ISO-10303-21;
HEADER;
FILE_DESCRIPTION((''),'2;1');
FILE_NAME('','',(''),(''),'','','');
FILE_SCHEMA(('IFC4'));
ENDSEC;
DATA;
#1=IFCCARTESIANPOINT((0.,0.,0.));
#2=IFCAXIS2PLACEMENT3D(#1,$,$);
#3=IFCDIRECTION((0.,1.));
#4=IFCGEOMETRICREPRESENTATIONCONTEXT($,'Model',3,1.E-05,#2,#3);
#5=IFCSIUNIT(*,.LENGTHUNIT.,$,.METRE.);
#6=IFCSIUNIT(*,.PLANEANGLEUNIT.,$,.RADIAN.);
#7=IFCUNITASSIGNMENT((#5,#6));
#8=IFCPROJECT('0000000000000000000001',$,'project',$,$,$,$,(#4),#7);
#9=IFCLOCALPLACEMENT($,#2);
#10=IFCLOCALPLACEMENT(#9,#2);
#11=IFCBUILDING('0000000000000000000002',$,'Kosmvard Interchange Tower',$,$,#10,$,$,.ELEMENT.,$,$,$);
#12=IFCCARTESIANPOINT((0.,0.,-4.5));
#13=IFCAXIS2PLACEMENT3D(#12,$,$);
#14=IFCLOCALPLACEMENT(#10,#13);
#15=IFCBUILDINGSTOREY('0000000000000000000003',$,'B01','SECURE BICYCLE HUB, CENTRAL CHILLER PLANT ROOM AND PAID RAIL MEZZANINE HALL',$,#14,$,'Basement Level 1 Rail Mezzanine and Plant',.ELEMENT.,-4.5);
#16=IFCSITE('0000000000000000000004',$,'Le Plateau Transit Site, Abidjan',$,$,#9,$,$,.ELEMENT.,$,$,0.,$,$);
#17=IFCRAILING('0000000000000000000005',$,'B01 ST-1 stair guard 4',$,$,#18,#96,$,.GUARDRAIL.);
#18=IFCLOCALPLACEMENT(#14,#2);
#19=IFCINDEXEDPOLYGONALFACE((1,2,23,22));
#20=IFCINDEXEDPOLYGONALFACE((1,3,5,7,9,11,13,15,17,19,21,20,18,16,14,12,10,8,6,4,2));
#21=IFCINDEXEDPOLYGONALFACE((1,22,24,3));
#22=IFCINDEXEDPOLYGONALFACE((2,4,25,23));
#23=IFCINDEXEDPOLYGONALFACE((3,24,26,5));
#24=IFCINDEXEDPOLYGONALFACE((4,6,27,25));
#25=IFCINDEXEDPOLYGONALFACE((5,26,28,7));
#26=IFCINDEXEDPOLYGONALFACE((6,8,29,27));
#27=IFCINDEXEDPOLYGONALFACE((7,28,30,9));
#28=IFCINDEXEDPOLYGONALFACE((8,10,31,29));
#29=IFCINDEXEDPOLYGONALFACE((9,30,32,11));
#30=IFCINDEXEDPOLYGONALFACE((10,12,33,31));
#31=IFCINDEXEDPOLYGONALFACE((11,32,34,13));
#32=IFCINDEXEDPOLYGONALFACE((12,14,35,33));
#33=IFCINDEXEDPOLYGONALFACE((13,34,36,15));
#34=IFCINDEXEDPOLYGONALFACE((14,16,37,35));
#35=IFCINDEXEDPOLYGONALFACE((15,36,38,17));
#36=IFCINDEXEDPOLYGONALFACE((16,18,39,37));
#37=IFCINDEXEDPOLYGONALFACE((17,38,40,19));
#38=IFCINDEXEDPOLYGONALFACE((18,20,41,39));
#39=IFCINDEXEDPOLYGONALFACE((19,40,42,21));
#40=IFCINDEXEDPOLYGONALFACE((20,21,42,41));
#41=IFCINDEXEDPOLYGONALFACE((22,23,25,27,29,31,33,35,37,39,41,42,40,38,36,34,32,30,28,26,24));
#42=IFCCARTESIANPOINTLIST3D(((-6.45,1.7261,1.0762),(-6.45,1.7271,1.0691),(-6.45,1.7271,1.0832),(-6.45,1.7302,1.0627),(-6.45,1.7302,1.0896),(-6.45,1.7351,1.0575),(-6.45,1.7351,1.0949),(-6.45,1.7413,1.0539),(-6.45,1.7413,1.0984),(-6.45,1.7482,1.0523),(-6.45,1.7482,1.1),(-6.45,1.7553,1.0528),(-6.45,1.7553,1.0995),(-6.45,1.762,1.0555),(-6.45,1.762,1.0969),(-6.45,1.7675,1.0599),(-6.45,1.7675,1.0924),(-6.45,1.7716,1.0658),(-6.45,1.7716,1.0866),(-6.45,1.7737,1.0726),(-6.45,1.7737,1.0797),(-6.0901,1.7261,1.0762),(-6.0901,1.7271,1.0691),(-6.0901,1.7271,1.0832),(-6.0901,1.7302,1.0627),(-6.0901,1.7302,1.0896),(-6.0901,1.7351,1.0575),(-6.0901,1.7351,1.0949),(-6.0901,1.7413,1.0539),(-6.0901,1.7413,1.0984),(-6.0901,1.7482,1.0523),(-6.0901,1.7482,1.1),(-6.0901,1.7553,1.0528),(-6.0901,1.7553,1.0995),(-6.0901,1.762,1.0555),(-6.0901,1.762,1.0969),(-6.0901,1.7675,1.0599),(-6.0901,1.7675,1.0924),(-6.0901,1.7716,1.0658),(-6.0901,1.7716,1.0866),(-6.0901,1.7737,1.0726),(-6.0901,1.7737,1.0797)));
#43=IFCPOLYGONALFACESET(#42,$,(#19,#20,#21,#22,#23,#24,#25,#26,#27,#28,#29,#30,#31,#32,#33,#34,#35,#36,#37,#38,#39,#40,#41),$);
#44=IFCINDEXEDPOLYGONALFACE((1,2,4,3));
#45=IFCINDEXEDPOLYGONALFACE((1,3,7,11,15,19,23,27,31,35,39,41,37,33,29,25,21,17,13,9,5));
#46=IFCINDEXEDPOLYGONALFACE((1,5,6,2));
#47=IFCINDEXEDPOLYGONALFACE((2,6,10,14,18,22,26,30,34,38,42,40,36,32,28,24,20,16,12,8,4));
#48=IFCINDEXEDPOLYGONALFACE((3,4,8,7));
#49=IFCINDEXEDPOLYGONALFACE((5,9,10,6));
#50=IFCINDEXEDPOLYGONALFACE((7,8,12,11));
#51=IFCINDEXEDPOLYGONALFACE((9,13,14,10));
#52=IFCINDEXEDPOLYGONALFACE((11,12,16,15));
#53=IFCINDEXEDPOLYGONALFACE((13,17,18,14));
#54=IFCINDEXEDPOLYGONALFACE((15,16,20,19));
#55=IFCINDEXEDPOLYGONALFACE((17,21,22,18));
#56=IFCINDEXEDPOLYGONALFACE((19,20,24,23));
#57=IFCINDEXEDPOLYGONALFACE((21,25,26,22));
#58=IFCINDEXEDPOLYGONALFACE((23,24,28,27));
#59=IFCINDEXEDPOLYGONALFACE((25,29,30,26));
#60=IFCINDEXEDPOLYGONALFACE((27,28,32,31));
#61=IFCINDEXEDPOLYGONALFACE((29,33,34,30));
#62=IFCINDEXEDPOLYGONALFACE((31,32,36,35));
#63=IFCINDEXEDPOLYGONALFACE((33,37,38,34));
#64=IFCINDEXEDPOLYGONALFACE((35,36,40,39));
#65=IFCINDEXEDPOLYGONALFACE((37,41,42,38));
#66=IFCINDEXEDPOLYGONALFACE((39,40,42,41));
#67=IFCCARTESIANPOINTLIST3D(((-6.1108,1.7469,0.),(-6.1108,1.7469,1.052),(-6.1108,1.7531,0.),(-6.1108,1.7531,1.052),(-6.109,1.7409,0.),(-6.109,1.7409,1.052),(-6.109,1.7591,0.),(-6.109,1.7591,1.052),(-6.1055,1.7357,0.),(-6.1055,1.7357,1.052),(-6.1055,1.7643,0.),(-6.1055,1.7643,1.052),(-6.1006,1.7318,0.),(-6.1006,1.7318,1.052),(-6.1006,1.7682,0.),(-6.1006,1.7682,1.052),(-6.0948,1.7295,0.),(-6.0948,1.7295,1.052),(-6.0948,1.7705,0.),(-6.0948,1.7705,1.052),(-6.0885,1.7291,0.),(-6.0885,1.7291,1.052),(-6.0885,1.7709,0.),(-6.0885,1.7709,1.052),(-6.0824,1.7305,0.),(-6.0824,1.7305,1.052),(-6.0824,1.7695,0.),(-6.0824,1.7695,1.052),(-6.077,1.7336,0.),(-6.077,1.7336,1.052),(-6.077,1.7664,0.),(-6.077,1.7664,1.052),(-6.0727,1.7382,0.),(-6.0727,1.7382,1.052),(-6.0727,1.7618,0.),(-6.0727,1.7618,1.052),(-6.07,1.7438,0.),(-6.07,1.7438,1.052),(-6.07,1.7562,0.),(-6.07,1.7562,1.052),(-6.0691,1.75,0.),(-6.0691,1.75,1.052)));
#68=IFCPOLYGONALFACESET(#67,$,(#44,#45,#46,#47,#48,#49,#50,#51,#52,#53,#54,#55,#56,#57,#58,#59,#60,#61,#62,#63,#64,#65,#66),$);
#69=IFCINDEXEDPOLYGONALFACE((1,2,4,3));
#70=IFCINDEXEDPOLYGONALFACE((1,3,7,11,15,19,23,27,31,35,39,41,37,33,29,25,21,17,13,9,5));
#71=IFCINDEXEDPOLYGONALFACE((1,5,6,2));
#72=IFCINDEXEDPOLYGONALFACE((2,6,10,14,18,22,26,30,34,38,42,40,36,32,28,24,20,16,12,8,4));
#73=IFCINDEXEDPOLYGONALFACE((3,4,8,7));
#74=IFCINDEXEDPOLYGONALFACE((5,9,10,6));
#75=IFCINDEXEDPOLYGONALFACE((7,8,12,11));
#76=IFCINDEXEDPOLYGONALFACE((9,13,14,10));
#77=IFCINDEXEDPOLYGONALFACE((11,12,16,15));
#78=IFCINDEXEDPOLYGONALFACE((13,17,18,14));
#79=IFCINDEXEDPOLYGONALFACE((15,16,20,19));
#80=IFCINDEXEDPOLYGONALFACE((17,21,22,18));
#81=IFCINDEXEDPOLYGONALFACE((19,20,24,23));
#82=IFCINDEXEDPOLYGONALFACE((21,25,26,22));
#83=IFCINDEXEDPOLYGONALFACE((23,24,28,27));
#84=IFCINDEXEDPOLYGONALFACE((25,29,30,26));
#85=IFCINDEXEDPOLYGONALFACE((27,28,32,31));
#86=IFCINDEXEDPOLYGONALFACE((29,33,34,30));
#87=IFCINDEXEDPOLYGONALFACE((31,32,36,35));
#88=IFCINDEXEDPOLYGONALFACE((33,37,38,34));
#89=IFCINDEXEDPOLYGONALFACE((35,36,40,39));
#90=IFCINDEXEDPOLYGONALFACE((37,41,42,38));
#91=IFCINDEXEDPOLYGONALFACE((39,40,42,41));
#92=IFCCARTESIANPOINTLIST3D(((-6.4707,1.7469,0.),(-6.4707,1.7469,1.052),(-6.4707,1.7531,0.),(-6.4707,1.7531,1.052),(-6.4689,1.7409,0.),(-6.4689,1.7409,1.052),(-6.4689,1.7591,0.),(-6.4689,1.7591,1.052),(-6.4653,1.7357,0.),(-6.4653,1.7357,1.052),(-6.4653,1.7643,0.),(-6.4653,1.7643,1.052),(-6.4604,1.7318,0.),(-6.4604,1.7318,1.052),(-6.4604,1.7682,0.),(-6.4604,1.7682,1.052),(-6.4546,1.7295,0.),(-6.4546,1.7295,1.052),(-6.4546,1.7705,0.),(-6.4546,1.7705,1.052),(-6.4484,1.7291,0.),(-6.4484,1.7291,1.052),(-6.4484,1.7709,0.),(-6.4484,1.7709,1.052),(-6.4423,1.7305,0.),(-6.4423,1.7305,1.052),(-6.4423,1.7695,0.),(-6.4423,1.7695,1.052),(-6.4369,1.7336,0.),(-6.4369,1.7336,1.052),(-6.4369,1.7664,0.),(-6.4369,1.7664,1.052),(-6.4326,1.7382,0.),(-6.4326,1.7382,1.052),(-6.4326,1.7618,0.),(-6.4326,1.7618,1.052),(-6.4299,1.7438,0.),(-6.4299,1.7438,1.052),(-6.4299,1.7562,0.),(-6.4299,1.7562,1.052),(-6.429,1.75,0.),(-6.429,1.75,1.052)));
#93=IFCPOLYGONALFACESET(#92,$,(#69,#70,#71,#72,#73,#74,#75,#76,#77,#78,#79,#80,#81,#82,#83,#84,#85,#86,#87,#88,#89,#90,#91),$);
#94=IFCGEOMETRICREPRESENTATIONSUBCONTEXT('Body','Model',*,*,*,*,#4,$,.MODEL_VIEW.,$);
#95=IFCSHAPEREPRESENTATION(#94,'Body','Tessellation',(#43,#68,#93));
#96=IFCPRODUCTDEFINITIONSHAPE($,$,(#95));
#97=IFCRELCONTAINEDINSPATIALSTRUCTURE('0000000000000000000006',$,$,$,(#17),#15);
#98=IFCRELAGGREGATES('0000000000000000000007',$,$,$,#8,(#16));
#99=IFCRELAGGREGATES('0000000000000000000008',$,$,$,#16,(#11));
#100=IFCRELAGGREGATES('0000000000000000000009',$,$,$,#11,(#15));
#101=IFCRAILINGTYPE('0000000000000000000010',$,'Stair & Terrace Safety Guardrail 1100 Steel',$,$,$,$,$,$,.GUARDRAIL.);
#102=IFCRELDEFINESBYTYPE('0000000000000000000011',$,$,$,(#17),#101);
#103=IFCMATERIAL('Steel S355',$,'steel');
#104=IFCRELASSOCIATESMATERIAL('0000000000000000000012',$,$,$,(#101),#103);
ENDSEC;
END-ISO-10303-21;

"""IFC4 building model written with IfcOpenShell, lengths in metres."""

from ifc_helpers import new_model, si_unit, direction, frame, origin, origin_2d, place, context, subcontext, project, spatial, circle, extrude, source, transform, mapped, material, type_object, element, save


model = new_model("IFC4")

# Units and contexts
model_context = context("Model", 3, precision=1e-05, world=origin(), true_north=direction((0.0, 1.0)))
body_context = subcontext(model_context, "Body", "Model", "MODEL_VIEW")
ifc_project = project(units=[si_unit("LENGTHUNIT", "METRE"), si_unit("PLANEANGLEUNIT", "RADIAN")], contexts=[model_context])

# Site, building, storey
site_placement = place(None, origin())
site = spatial("IfcSite", under=ifc_project, at=site_placement, Name="Le Plateau Transit Site, Abidjan", CompositionType="ELEMENT", RefElevation=0.0)
building_placement = place(site_placement, origin())
building = spatial("IfcBuilding", under=site, at=building_placement, Name="Kosmvard Interchange Tower", CompositionType="ELEMENT")
storey_placement = place(building_placement, frame((0.0, 0.0, -4.5)))
storey = spatial("IfcBuildingStorey", under=building, at=storey_placement, Name="B01", Description="SECURE BICYCLE HUB, CENTRAL CHILLER PLANT ROOM AND PAID RAIL MEZZANINE HALL", LongName="Basement Level 1 Rail Mezzanine and Plant", CompositionType="ELEMENT", Elevation=-4.5)

# Railing
ifc_material_1 = material(Name="Steel S355", Category="steel")
railing_type_1 = type_object("IfcRailingType", Name="Stair & Terrace Safety Guardrail 1100 Steel", PredefinedType="GUARDRAIL", material=ifc_material_1)
shared_shape_1 = source(origin(), body_context, "Body", "SweptSolid", [
    extrude(circle(Radius=0.0239, at=origin_2d()), frame((0.0, 0.0, 1.0762), z_axis=(-1.0, 0.0, 0.0), x_axis=(0.0, -1.0, 0.0)), (0.0, 0.0, 1.0), 0.3599),
    extrude(circle(Radius=0.021, at=origin_2d()), origin(), (0.0, 0.0, 1.0), 1.052),
    extrude(circle(Radius=0.021, at=origin_2d()), frame((-0.3599, 0.0, 0.0)), (0.0, 0.0, 1.0), 1.052),
])
railing_1_placement = place(storey_placement, frame((-6.0901, 1.75, 0.0)))
element("IfcRailing", 1, at=railing_1_placement, inside=storey, type_object=railing_type_1, Name="B01 ST-1 stair guard 4", PredefinedType="GUARDRAIL", context=body_context, shape_type="MappedRepresentation", body=[
    mapped(shared_shape_1, transform((0.0, 0.0, 0.0), scale=1.0)),
])

save(model, "model.ifc")
